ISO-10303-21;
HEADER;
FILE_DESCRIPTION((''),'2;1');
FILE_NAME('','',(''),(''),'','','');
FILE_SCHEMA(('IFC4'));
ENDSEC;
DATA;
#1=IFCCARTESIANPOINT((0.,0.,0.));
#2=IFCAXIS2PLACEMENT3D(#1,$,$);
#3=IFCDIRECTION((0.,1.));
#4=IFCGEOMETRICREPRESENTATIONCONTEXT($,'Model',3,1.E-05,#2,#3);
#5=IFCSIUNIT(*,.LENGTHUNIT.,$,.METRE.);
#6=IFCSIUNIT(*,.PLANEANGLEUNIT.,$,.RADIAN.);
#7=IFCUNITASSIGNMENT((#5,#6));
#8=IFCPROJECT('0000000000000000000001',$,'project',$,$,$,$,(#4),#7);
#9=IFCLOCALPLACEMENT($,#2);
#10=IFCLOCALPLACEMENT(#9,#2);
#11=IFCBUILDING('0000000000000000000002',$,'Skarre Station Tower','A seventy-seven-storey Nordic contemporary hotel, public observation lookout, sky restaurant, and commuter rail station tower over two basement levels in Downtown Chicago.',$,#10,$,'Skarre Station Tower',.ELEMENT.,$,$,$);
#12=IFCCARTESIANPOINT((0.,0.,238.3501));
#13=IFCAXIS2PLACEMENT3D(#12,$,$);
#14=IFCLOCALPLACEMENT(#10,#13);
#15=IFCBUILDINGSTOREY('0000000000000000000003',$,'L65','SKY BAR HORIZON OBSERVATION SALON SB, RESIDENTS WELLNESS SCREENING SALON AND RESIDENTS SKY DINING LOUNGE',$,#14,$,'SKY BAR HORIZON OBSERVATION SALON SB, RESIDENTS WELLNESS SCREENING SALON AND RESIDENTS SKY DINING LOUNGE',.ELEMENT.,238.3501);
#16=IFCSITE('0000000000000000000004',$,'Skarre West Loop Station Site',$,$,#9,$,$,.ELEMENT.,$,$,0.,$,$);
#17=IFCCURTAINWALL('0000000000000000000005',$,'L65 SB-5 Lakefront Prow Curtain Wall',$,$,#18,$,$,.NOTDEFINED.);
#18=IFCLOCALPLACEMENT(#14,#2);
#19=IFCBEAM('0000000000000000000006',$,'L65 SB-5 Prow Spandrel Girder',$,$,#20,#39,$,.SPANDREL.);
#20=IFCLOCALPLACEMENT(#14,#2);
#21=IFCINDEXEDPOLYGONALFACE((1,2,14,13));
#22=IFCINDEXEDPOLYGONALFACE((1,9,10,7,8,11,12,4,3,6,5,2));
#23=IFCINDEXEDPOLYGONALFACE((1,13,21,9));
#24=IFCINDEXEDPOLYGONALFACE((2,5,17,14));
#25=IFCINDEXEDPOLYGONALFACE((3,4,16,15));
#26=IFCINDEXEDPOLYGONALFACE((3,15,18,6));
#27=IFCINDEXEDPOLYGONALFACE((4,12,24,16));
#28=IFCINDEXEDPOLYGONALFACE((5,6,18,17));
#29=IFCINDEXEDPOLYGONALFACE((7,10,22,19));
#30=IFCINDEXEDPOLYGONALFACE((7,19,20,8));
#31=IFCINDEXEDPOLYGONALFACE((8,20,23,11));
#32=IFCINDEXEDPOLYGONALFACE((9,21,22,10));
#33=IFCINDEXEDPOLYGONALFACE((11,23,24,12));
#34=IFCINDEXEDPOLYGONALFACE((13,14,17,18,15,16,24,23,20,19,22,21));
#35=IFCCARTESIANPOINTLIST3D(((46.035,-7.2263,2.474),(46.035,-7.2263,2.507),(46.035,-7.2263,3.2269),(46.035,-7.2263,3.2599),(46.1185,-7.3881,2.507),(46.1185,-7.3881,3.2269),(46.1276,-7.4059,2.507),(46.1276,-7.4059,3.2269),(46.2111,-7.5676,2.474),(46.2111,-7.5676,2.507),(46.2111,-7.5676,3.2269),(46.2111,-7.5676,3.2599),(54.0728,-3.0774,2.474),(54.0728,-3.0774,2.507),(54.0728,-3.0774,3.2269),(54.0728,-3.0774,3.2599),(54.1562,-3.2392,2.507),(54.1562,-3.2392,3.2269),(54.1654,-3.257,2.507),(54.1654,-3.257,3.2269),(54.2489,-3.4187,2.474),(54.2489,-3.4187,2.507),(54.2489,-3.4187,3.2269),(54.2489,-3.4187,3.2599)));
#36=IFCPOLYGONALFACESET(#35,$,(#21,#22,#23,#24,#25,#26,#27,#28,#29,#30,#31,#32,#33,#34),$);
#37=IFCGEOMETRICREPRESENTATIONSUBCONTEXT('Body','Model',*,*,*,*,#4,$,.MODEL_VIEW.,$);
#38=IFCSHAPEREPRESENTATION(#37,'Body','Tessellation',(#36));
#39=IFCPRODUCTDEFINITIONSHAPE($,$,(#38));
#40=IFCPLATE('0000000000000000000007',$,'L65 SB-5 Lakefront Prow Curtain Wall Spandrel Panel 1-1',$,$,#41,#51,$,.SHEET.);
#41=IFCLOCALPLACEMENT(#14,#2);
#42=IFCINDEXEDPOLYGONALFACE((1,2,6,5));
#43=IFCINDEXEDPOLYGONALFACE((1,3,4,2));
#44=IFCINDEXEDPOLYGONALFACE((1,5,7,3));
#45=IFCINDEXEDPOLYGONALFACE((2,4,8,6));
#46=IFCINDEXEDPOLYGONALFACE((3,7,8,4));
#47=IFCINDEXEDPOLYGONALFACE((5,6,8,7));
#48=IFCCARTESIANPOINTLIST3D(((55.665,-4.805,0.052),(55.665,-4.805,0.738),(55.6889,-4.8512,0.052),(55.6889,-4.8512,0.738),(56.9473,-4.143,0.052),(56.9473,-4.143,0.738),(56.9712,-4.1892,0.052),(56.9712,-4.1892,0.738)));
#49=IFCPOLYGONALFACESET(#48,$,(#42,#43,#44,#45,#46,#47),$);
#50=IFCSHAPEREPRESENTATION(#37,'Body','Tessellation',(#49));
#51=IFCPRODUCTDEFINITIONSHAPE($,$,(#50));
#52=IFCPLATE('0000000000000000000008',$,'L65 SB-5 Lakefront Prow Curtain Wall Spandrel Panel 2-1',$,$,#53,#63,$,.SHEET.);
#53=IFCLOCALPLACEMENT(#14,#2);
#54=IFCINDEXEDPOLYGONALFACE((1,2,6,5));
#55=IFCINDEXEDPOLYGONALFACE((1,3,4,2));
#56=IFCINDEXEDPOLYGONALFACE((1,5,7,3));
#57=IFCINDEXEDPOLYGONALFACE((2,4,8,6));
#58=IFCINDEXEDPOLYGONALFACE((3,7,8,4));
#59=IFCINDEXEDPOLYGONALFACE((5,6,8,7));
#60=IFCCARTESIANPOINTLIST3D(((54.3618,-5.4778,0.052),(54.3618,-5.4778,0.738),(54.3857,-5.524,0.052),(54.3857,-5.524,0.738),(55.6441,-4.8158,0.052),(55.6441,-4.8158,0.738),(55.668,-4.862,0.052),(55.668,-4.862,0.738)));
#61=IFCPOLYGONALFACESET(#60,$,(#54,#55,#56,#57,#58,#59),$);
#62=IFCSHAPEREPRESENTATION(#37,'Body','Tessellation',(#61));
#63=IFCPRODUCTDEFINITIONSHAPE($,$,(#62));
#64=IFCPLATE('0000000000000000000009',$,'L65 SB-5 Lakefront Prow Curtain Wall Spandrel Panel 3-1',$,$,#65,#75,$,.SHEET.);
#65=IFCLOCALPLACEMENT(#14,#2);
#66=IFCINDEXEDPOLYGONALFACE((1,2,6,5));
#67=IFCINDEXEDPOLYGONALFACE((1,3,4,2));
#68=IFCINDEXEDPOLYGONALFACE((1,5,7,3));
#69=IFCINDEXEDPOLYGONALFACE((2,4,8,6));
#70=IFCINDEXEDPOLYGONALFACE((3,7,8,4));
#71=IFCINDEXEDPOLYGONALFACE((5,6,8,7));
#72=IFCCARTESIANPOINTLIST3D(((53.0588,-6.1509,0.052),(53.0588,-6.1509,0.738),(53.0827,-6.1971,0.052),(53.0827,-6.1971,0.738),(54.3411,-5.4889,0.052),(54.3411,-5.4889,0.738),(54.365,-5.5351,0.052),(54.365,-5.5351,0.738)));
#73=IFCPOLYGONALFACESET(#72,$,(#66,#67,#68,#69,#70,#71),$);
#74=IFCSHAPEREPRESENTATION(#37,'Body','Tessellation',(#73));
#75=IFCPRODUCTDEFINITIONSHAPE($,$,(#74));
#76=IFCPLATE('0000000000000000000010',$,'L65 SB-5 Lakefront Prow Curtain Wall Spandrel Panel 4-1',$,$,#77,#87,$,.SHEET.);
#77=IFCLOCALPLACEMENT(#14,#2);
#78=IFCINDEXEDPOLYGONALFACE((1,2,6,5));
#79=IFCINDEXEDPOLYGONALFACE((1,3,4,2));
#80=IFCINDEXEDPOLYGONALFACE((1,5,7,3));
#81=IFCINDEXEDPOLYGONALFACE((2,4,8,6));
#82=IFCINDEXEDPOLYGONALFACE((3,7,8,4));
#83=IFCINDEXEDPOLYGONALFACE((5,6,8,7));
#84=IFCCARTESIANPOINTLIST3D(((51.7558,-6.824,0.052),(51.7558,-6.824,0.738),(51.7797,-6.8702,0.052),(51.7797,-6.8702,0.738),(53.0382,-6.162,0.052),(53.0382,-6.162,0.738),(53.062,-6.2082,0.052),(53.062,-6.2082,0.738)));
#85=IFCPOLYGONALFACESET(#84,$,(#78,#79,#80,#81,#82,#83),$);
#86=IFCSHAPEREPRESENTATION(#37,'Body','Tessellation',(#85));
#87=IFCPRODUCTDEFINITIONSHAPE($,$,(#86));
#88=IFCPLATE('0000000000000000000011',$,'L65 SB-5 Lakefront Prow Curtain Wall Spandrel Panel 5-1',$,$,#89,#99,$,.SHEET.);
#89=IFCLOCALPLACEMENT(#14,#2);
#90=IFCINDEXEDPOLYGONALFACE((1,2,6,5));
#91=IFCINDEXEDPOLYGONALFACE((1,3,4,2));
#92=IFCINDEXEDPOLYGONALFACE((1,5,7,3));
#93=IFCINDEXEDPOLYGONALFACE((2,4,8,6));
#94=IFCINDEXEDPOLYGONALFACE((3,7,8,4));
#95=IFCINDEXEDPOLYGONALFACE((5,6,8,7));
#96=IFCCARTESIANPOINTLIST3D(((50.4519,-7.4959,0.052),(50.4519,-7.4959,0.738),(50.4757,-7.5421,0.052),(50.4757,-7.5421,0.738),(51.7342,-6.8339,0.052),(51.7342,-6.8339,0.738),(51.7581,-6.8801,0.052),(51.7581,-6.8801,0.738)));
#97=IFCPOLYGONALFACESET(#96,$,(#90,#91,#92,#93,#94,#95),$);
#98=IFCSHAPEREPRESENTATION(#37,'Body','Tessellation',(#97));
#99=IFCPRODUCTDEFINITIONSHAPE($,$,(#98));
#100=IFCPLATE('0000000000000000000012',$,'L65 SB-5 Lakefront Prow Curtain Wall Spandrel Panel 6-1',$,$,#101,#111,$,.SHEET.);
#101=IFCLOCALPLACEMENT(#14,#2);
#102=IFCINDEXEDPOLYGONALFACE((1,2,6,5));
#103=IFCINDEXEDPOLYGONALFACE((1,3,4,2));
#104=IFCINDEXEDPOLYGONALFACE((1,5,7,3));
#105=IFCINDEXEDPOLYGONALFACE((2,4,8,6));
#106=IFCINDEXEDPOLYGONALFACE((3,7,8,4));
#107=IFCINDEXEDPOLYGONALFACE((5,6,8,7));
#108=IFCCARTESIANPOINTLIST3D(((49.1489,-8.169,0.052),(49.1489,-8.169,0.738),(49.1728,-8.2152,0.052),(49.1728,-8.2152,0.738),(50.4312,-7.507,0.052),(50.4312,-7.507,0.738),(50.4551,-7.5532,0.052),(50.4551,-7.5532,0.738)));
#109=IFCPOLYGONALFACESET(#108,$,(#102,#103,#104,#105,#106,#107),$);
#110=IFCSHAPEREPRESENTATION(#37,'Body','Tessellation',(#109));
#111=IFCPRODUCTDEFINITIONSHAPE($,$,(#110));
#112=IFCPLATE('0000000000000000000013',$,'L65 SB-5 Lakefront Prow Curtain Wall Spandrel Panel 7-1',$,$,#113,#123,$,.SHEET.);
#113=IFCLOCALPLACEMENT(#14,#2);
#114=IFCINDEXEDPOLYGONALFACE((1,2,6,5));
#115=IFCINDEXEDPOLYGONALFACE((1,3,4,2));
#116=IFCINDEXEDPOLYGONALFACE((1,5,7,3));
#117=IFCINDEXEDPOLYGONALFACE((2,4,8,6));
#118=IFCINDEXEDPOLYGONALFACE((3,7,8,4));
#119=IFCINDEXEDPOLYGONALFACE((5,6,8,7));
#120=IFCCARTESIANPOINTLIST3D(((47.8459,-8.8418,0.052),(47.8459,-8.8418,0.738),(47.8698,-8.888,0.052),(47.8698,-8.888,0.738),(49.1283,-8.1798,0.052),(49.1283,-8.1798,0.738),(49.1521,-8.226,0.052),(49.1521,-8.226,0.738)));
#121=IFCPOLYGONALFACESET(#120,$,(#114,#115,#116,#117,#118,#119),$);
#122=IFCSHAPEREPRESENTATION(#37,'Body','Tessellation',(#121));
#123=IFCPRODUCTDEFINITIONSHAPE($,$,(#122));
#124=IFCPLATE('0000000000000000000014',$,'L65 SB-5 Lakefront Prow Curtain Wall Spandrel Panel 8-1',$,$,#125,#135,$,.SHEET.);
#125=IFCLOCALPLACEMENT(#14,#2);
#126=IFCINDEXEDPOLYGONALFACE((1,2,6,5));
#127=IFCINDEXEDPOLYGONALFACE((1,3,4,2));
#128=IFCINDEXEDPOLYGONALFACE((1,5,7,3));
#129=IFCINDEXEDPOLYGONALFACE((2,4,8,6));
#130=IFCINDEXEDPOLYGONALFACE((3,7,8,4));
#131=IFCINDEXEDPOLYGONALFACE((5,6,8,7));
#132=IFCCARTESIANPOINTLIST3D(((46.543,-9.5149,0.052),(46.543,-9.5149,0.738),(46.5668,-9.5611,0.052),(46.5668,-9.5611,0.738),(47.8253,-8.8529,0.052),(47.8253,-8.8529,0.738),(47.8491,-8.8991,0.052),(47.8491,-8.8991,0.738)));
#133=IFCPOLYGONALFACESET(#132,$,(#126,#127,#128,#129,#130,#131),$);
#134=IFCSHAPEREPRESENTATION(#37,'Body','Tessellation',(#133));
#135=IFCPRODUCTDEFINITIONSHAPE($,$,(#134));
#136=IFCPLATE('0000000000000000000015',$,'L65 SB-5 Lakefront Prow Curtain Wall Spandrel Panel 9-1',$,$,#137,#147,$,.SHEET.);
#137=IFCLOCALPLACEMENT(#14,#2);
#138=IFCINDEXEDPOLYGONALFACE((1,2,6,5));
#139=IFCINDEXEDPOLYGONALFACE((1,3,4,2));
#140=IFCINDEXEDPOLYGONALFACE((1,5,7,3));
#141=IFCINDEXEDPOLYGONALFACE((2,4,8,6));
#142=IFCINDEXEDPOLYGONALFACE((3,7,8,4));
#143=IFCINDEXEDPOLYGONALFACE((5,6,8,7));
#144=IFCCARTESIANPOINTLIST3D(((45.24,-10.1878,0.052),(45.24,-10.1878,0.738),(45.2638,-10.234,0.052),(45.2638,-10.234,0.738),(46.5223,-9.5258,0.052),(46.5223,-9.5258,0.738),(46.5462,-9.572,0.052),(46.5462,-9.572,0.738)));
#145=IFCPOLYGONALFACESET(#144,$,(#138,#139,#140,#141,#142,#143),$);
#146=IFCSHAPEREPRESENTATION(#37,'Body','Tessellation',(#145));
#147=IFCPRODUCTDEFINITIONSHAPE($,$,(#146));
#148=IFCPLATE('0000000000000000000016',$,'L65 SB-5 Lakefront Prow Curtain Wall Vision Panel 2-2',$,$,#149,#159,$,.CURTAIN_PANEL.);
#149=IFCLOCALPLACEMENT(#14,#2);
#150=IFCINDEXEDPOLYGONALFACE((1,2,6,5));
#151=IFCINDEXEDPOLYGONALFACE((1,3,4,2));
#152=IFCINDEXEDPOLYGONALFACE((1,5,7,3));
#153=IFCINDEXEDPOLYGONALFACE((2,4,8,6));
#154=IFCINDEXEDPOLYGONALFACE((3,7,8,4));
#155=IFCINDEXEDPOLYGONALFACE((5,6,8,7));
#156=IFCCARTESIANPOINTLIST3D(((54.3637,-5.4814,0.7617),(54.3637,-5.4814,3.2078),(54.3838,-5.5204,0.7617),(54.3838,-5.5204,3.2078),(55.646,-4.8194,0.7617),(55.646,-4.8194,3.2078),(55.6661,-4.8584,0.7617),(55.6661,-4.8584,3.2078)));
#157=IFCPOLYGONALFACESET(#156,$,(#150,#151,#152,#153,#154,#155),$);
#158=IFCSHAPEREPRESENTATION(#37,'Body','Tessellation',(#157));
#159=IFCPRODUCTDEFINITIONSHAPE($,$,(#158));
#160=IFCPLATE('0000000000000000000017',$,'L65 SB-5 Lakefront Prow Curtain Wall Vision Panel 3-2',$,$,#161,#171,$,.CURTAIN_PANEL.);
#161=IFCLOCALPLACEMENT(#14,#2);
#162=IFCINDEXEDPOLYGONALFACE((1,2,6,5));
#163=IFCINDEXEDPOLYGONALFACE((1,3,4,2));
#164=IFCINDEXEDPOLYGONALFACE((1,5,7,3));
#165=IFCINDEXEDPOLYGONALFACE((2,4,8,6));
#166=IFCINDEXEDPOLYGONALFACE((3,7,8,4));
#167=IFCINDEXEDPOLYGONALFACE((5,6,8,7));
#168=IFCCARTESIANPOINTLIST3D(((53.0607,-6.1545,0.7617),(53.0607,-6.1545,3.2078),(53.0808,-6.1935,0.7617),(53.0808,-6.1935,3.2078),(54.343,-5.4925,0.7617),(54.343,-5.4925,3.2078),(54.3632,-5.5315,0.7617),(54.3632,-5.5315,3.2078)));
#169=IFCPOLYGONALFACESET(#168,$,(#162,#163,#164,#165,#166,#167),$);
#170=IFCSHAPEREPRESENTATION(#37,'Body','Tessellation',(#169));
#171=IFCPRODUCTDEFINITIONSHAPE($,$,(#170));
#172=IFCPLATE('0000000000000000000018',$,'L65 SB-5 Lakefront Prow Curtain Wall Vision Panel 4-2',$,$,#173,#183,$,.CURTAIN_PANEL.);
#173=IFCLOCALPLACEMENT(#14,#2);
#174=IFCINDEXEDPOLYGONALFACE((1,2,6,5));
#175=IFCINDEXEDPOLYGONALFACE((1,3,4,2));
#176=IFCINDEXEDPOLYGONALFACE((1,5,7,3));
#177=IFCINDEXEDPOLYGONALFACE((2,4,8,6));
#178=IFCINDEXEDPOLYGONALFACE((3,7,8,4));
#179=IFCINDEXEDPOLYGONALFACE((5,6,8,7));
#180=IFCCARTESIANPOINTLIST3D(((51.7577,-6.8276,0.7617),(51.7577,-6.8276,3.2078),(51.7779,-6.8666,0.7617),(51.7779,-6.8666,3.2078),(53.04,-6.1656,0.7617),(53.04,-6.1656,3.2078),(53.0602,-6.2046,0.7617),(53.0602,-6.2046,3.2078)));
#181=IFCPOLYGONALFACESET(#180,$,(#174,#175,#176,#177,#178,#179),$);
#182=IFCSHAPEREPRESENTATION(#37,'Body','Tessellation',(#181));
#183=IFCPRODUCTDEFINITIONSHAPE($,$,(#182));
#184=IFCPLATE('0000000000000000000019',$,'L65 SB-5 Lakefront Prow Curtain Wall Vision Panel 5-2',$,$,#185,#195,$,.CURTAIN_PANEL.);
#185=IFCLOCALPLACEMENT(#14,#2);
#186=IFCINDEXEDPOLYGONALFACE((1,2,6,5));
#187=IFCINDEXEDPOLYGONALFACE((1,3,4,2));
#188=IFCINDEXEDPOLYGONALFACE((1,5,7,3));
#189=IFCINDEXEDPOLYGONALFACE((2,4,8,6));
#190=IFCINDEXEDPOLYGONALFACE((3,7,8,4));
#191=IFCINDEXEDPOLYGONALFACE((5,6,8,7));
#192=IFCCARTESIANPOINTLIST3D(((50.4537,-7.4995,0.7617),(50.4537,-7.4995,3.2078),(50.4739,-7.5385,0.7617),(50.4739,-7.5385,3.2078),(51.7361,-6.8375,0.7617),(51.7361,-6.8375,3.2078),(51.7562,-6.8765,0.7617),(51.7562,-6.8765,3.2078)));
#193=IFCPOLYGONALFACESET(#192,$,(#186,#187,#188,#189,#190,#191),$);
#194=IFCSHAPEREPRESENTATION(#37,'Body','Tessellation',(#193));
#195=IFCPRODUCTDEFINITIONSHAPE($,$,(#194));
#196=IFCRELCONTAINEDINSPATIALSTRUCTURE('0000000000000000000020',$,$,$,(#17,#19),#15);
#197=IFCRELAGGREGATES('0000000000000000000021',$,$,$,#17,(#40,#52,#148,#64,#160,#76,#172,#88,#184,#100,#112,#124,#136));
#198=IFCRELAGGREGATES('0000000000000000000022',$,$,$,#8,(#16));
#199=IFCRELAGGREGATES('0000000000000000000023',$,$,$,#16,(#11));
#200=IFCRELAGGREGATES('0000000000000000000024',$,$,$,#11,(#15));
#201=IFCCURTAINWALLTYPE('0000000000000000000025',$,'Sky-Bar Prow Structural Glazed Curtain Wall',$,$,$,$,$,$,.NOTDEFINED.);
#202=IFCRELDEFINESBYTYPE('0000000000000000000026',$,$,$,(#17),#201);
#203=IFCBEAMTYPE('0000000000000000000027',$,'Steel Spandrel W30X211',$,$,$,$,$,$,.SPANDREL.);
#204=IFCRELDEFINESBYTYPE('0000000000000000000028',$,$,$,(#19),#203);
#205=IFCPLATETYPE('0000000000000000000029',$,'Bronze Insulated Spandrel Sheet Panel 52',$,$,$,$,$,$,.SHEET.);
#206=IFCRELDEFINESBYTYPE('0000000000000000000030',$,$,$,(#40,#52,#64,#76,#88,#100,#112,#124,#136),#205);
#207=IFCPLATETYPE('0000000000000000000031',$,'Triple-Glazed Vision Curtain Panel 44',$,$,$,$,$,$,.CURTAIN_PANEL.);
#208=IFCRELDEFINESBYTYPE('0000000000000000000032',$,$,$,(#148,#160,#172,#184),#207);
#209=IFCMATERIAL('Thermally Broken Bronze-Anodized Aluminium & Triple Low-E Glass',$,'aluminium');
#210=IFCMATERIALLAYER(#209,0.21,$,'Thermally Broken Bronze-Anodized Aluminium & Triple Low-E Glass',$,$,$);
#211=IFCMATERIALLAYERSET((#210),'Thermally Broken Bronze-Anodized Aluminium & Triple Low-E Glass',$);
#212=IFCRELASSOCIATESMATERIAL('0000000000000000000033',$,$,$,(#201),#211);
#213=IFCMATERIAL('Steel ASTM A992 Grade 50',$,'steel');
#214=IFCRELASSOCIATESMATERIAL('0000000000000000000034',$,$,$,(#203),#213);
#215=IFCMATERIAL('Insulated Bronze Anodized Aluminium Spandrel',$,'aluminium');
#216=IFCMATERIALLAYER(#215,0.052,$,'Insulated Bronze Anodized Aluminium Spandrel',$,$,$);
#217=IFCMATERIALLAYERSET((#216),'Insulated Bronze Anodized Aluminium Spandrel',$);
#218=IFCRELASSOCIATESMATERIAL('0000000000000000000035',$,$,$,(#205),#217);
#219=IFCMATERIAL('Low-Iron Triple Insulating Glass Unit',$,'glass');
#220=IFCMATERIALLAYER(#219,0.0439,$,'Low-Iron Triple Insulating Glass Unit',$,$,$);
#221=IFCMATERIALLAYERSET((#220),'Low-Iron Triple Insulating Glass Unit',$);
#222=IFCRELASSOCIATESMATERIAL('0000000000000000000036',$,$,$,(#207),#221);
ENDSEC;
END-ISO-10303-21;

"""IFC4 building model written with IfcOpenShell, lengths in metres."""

from ifc_helpers import new_model, si_unit, direction, frame, origin, origin_2d, place, context, subcontext, project, spatial, rectangle, i_section, extrude, material, layer, layer_set, material_profile, profile_set, type_object, element, aggregate, save


model = new_model("IFC4")

# Units and contexts
model_context = context("Model", 3, precision=1e-05, world=origin(), true_north=direction((0.0, 1.0)))
body_context = subcontext(model_context, "Body", "Model", "MODEL_VIEW")
ifc_project = project(units=[si_unit("LENGTHUNIT", "METRE"), si_unit("PLANEANGLEUNIT", "RADIAN")], contexts=[model_context])

# Site, building, storey
site_placement = place(None, origin())
site = spatial("IfcSite", under=ifc_project, at=site_placement, Name="Skarre West Loop Station Site", CompositionType="ELEMENT", RefElevation=0.0)
building_placement = place(site_placement, origin())
building = spatial("IfcBuilding", under=site, at=building_placement, Name="Skarre Station Tower", Description="A seventy-seven-storey Nordic contemporary hotel, public observation lookout, sky restaurant, and commuter rail station tower over two basement levels in Downtown Chicago.", LongName="Skarre Station Tower", CompositionType="ELEMENT")
storey_placement = place(building_placement, frame((0.0, 0.0, 238.3501)))
storey = spatial("IfcBuildingStorey", under=building, at=storey_placement, Name="L65", Description="SKY BAR HORIZON OBSERVATION SALON SB, RESIDENTS WELLNESS SCREENING SALON AND RESIDENTS SKY DINING LOUNGE", LongName="SKY BAR HORIZON OBSERVATION SALON SB, RESIDENTS WELLNESS SCREENING SALON AND RESIDENTS SKY DINING LOUNGE", CompositionType="ELEMENT", Elevation=238.3501)

# Curtain wall
ifc_material_1 = material(Name="Thermally Broken Bronze-Anodized Aluminium & Triple Low-E Glass", Category="aluminium")
ifc_layer_1 = layer(ifc_material_1, 0.21, Name="Thermally Broken Bronze-Anodized Aluminium & Triple Low-E Glass")
ifc_layer_set_1 = layer_set([ifc_layer_1], Name="Thermally Broken Bronze-Anodized Aluminium & Triple Low-E Glass")
curtain_wall_type = type_object("IfcCurtainWallType", Name="Sky-Bar Prow Structural Glazed Curtain Wall", PredefinedType="NOTDEFINED", material=ifc_layer_set_1)
curtain_wall_placement = place(storey_placement, origin())
curtain_wall = element("IfcCurtainWall", 1, at=curtain_wall_placement, inside=storey, type_object=curtain_wall_type, Name="L65 SB-5 Lakefront Prow Curtain Wall", PredefinedType="NOTDEFINED")

# Beam
ifc_material_2 = material(Name="Steel ASTM A992 Grade 50", Category="steel")
ifc_material_profile_1 = material_profile(ifc_material_2, i_section(OverallWidth=0.384, OverallDepth=0.7859, WebThickness=0.02, FlangeThickness=0.033, at=origin_2d()), Name="Steel ASTM A992 Grade 50")
ifc_profile_set_1 = profile_set([ifc_material_profile_1], Name="Steel ASTM A992 Grade 50")
beam_type = type_object("IfcBeamType", Name="Steel Spandrel W30X211", PredefinedType="SPANDREL", material=ifc_profile_set_1)
beam_placement = place(storey_placement, frame((46.123, -7.397, 2.8669), z_axis=(0.888604, 0.458675, 0.0), x_axis=(-0.458675, 0.888604, 0.0)))
element("IfcBeam", 2, at=beam_placement, inside=storey, type_object=beam_type, Name="L65 SB-5 Prow Spandrel Girder", PredefinedType="SPANDREL", context=body_context, shape_type="SweptSolid", body=[
    extrude(i_section(OverallWidth=0.384, OverallDepth=0.7859, WebThickness=0.02, FlangeThickness=0.033, at=origin_2d()), origin(), (0.0, 0.0, 1.0), 9.0454),
])

# Plates
ifc_material_3 = material(Name="Insulated Bronze Anodized Aluminium Spandrel", Category="aluminium")
ifc_layer_2 = layer(ifc_material_3, 0.052, Name="Insulated Bronze Anodized Aluminium Spandrel")
ifc_layer_set_2 = layer_set([ifc_layer_2], Name="Insulated Bronze Anodized Aluminium Spandrel")
plate_type_1 = type_object("IfcPlateType", Name="Bronze Insulated Spandrel Sheet Panel 52", PredefinedType="SHEET", material=ifc_layer_set_2)
plate_1_placement = place(storey_placement, frame((56.3181, -4.4971, 0.052), z_axis=(0.0, 0.0, 1.0), x_axis=(-0.888577, -0.458727, 0.0)))
plate_1 = element("IfcPlate", 3, at=plate_1_placement, type_object=plate_type_1, Name="L65 SB-5 Lakefront Prow Curtain Wall Spandrel Panel 1-1", PredefinedType="SHEET", context=body_context, shape_type="SweptSolid", body=[
    extrude(rectangle(XDim=1.4431, YDim=0.052, at=origin_2d()), origin(), (0.0, 0.0, 1.0), 0.686),
])
plate_2_placement = place(storey_placement, frame((55.0149, -5.1699, 0.052), z_axis=(0.0, 0.0, 1.0), x_axis=(-0.888577, -0.458727, 0.0)))
plate_2 = element("IfcPlate", 4, at=plate_2_placement, type_object=plate_type_1, Name="L65 SB-5 Lakefront Prow Curtain Wall Spandrel Panel 2-1", PredefinedType="SHEET", context=body_context, shape_type="SweptSolid", body=[
    extrude(rectangle(XDim=1.4431, YDim=0.052, at=origin_2d()), origin(), (0.0, 0.0, 1.0), 0.686),
])
plate_3_placement = place(storey_placement, frame((53.7119, -5.843, 0.052), z_axis=(0.0, 0.0, 1.0), x_axis=(-0.888577, -0.458727, 0.0)))
plate_3 = element("IfcPlate", 5, at=plate_3_placement, type_object=plate_type_1, Name="L65 SB-5 Lakefront Prow Curtain Wall Spandrel Panel 3-1", PredefinedType="SHEET", context=body_context, shape_type="SweptSolid", body=[
    extrude(rectangle(XDim=1.4431, YDim=0.052, at=origin_2d()), origin(), (0.0, 0.0, 1.0), 0.686),
])
plate_4_placement = place(storey_placement, frame((52.4089, -6.5161, 0.052), z_axis=(0.0, 0.0, 1.0), x_axis=(-0.888577, -0.458727, 0.0)))
plate_4 = element("IfcPlate", 6, at=plate_4_placement, type_object=plate_type_1, Name="L65 SB-5 Lakefront Prow Curtain Wall Spandrel Panel 4-1", PredefinedType="SHEET", context=body_context, shape_type="SweptSolid", body=[
    extrude(rectangle(XDim=1.4431, YDim=0.052, at=origin_2d()), origin(), (0.0, 0.0, 1.0), 0.686),
])
plate_5_placement = place(storey_placement, frame((51.105, -7.188, 0.052), z_axis=(0.0, 0.0, 1.0), x_axis=(-0.888577, -0.458727, 0.0)))
plate_5 = element("IfcPlate", 7, at=plate_5_placement, type_object=plate_type_1, Name="L65 SB-5 Lakefront Prow Curtain Wall Spandrel Panel 5-1", PredefinedType="SHEET", context=body_context, shape_type="SweptSolid", body=[
    extrude(rectangle(XDim=1.4431, YDim=0.052, at=origin_2d()), origin(), (0.0, 0.0, 1.0), 0.686),
])
plate_6_placement = place(storey_placement, frame((49.802, -7.8611, 0.052), z_axis=(0.0, 0.0, 1.0), x_axis=(-0.888577, -0.458727, 0.0)))
plate_6 = element("IfcPlate", 8, at=plate_6_placement, type_object=plate_type_1, Name="L65 SB-5 Lakefront Prow Curtain Wall Spandrel Panel 6-1", PredefinedType="SHEET", context=body_context, shape_type="SweptSolid", body=[
    extrude(rectangle(XDim=1.4431, YDim=0.052, at=origin_2d()), origin(), (0.0, 0.0, 1.0), 0.686),
])
plate_7_placement = place(storey_placement, frame((48.499, -8.5339, 0.052), z_axis=(0.0, 0.0, 1.0), x_axis=(-0.888577, -0.458727, 0.0)))
plate_7 = element("IfcPlate", 9, at=plate_7_placement, type_object=plate_type_1, Name="L65 SB-5 Lakefront Prow Curtain Wall Spandrel Panel 7-1", PredefinedType="SHEET", context=body_context, shape_type="SweptSolid", body=[
    extrude(rectangle(XDim=1.4431, YDim=0.052, at=origin_2d()), origin(), (0.0, 0.0, 1.0), 0.686),
])
plate_8_placement = place(storey_placement, frame((47.196, -9.207, 0.052), z_axis=(0.0, 0.0, 1.0), x_axis=(-0.888577, -0.458727, 0.0)))
plate_8 = element("IfcPlate", 10, at=plate_8_placement, type_object=plate_type_1, Name="L65 SB-5 Lakefront Prow Curtain Wall Spandrel Panel 8-1", PredefinedType="SHEET", context=body_context, shape_type="SweptSolid", body=[
    extrude(rectangle(XDim=1.4431, YDim=0.052, at=origin_2d()), origin(), (0.0, 0.0, 1.0), 0.686),
])
plate_9_placement = place(storey_placement, frame((45.8931, -9.8799, 0.052), z_axis=(0.0, 0.0, 1.0), x_axis=(-0.888577, -0.458727, 0.0)))
plate_9 = element("IfcPlate", 11, at=plate_9_placement, type_object=plate_type_1, Name="L65 SB-5 Lakefront Prow Curtain Wall Spandrel Panel 9-1", PredefinedType="SHEET", context=body_context, shape_type="SweptSolid", body=[
    extrude(rectangle(XDim=1.4431, YDim=0.052, at=origin_2d()), origin(), (0.0, 0.0, 1.0), 0.686),
])
ifc_material_4 = material(Name="Low-Iron Triple Insulating Glass Unit", Category="glass")
ifc_layer_3 = layer(ifc_material_4, 0.0439, Name="Low-Iron Triple Insulating Glass Unit")
ifc_layer_set_3 = layer_set([ifc_layer_3], Name="Low-Iron Triple Insulating Glass Unit")
plate_type_2 = type_object("IfcPlateType", Name="Triple-Glazed Vision Curtain Panel 44", PredefinedType="CURTAIN_PANEL", material=ifc_layer_set_3)
plate_10_placement = place(storey_placement, frame((55.0149, -5.1699, 0.7617), z_axis=(0.0, 0.0, 1.0), x_axis=(-0.888577, -0.458727, 0.0)))
plate_10 = element("IfcPlate", 12, at=plate_10_placement, type_object=plate_type_2, Name="L65 SB-5 Lakefront Prow Curtain Wall Vision Panel 2-2", PredefinedType="CURTAIN_PANEL", context=body_context, shape_type="SweptSolid", body=[
    extrude(rectangle(XDim=1.4431, YDim=0.0439, at=origin_2d()), origin(), (0.0, 0.0, 1.0), 2.446),
])
plate_11_placement = place(storey_placement, frame((53.7119, -5.843, 0.7617), z_axis=(0.0, 0.0, 1.0), x_axis=(-0.888577, -0.458727, 0.0)))
plate_11 = element("IfcPlate", 13, at=plate_11_placement, type_object=plate_type_2, Name="L65 SB-5 Lakefront Prow Curtain Wall Vision Panel 3-2", PredefinedType="CURTAIN_PANEL", context=body_context, shape_type="SweptSolid", body=[
    extrude(rectangle(XDim=1.4431, YDim=0.0439, at=origin_2d()), origin(), (0.0, 0.0, 1.0), 2.446),
])
plate_12_placement = place(storey_placement, frame((52.4089, -6.5161, 0.7617), z_axis=(0.0, 0.0, 1.0), x_axis=(-0.888577, -0.458727, 0.0)))
plate_12 = element("IfcPlate", 14, at=plate_12_placement, type_object=plate_type_2, Name="L65 SB-5 Lakefront Prow Curtain Wall Vision Panel 4-2", PredefinedType="CURTAIN_PANEL", context=body_context, shape_type="SweptSolid", body=[
    extrude(rectangle(XDim=1.4431, YDim=0.0439, at=origin_2d()), origin(), (0.0, 0.0, 1.0), 2.446),
])
plate_13_placement = place(storey_placement, frame((51.105, -7.188, 0.7617), z_axis=(0.0, 0.0, 1.0), x_axis=(-0.888577, -0.458727, 0.0)))
plate_13 = element("IfcPlate", 15, at=plate_13_placement, type_object=plate_type_2, Name="L65 SB-5 Lakefront Prow Curtain Wall Vision Panel 5-2", PredefinedType="CURTAIN_PANEL", context=body_context, shape_type="SweptSolid", body=[
    extrude(rectangle(XDim=1.4431, YDim=0.0439, at=origin_2d()), origin(), (0.0, 0.0, 1.0), 2.446),
])
aggregate(curtain_wall, [plate_1, plate_2, plate_10, plate_3, plate_11, plate_4, plate_12, plate_5, plate_13, plate_6, plate_7, plate_8, plate_9])

save(model, "model.ifc")
